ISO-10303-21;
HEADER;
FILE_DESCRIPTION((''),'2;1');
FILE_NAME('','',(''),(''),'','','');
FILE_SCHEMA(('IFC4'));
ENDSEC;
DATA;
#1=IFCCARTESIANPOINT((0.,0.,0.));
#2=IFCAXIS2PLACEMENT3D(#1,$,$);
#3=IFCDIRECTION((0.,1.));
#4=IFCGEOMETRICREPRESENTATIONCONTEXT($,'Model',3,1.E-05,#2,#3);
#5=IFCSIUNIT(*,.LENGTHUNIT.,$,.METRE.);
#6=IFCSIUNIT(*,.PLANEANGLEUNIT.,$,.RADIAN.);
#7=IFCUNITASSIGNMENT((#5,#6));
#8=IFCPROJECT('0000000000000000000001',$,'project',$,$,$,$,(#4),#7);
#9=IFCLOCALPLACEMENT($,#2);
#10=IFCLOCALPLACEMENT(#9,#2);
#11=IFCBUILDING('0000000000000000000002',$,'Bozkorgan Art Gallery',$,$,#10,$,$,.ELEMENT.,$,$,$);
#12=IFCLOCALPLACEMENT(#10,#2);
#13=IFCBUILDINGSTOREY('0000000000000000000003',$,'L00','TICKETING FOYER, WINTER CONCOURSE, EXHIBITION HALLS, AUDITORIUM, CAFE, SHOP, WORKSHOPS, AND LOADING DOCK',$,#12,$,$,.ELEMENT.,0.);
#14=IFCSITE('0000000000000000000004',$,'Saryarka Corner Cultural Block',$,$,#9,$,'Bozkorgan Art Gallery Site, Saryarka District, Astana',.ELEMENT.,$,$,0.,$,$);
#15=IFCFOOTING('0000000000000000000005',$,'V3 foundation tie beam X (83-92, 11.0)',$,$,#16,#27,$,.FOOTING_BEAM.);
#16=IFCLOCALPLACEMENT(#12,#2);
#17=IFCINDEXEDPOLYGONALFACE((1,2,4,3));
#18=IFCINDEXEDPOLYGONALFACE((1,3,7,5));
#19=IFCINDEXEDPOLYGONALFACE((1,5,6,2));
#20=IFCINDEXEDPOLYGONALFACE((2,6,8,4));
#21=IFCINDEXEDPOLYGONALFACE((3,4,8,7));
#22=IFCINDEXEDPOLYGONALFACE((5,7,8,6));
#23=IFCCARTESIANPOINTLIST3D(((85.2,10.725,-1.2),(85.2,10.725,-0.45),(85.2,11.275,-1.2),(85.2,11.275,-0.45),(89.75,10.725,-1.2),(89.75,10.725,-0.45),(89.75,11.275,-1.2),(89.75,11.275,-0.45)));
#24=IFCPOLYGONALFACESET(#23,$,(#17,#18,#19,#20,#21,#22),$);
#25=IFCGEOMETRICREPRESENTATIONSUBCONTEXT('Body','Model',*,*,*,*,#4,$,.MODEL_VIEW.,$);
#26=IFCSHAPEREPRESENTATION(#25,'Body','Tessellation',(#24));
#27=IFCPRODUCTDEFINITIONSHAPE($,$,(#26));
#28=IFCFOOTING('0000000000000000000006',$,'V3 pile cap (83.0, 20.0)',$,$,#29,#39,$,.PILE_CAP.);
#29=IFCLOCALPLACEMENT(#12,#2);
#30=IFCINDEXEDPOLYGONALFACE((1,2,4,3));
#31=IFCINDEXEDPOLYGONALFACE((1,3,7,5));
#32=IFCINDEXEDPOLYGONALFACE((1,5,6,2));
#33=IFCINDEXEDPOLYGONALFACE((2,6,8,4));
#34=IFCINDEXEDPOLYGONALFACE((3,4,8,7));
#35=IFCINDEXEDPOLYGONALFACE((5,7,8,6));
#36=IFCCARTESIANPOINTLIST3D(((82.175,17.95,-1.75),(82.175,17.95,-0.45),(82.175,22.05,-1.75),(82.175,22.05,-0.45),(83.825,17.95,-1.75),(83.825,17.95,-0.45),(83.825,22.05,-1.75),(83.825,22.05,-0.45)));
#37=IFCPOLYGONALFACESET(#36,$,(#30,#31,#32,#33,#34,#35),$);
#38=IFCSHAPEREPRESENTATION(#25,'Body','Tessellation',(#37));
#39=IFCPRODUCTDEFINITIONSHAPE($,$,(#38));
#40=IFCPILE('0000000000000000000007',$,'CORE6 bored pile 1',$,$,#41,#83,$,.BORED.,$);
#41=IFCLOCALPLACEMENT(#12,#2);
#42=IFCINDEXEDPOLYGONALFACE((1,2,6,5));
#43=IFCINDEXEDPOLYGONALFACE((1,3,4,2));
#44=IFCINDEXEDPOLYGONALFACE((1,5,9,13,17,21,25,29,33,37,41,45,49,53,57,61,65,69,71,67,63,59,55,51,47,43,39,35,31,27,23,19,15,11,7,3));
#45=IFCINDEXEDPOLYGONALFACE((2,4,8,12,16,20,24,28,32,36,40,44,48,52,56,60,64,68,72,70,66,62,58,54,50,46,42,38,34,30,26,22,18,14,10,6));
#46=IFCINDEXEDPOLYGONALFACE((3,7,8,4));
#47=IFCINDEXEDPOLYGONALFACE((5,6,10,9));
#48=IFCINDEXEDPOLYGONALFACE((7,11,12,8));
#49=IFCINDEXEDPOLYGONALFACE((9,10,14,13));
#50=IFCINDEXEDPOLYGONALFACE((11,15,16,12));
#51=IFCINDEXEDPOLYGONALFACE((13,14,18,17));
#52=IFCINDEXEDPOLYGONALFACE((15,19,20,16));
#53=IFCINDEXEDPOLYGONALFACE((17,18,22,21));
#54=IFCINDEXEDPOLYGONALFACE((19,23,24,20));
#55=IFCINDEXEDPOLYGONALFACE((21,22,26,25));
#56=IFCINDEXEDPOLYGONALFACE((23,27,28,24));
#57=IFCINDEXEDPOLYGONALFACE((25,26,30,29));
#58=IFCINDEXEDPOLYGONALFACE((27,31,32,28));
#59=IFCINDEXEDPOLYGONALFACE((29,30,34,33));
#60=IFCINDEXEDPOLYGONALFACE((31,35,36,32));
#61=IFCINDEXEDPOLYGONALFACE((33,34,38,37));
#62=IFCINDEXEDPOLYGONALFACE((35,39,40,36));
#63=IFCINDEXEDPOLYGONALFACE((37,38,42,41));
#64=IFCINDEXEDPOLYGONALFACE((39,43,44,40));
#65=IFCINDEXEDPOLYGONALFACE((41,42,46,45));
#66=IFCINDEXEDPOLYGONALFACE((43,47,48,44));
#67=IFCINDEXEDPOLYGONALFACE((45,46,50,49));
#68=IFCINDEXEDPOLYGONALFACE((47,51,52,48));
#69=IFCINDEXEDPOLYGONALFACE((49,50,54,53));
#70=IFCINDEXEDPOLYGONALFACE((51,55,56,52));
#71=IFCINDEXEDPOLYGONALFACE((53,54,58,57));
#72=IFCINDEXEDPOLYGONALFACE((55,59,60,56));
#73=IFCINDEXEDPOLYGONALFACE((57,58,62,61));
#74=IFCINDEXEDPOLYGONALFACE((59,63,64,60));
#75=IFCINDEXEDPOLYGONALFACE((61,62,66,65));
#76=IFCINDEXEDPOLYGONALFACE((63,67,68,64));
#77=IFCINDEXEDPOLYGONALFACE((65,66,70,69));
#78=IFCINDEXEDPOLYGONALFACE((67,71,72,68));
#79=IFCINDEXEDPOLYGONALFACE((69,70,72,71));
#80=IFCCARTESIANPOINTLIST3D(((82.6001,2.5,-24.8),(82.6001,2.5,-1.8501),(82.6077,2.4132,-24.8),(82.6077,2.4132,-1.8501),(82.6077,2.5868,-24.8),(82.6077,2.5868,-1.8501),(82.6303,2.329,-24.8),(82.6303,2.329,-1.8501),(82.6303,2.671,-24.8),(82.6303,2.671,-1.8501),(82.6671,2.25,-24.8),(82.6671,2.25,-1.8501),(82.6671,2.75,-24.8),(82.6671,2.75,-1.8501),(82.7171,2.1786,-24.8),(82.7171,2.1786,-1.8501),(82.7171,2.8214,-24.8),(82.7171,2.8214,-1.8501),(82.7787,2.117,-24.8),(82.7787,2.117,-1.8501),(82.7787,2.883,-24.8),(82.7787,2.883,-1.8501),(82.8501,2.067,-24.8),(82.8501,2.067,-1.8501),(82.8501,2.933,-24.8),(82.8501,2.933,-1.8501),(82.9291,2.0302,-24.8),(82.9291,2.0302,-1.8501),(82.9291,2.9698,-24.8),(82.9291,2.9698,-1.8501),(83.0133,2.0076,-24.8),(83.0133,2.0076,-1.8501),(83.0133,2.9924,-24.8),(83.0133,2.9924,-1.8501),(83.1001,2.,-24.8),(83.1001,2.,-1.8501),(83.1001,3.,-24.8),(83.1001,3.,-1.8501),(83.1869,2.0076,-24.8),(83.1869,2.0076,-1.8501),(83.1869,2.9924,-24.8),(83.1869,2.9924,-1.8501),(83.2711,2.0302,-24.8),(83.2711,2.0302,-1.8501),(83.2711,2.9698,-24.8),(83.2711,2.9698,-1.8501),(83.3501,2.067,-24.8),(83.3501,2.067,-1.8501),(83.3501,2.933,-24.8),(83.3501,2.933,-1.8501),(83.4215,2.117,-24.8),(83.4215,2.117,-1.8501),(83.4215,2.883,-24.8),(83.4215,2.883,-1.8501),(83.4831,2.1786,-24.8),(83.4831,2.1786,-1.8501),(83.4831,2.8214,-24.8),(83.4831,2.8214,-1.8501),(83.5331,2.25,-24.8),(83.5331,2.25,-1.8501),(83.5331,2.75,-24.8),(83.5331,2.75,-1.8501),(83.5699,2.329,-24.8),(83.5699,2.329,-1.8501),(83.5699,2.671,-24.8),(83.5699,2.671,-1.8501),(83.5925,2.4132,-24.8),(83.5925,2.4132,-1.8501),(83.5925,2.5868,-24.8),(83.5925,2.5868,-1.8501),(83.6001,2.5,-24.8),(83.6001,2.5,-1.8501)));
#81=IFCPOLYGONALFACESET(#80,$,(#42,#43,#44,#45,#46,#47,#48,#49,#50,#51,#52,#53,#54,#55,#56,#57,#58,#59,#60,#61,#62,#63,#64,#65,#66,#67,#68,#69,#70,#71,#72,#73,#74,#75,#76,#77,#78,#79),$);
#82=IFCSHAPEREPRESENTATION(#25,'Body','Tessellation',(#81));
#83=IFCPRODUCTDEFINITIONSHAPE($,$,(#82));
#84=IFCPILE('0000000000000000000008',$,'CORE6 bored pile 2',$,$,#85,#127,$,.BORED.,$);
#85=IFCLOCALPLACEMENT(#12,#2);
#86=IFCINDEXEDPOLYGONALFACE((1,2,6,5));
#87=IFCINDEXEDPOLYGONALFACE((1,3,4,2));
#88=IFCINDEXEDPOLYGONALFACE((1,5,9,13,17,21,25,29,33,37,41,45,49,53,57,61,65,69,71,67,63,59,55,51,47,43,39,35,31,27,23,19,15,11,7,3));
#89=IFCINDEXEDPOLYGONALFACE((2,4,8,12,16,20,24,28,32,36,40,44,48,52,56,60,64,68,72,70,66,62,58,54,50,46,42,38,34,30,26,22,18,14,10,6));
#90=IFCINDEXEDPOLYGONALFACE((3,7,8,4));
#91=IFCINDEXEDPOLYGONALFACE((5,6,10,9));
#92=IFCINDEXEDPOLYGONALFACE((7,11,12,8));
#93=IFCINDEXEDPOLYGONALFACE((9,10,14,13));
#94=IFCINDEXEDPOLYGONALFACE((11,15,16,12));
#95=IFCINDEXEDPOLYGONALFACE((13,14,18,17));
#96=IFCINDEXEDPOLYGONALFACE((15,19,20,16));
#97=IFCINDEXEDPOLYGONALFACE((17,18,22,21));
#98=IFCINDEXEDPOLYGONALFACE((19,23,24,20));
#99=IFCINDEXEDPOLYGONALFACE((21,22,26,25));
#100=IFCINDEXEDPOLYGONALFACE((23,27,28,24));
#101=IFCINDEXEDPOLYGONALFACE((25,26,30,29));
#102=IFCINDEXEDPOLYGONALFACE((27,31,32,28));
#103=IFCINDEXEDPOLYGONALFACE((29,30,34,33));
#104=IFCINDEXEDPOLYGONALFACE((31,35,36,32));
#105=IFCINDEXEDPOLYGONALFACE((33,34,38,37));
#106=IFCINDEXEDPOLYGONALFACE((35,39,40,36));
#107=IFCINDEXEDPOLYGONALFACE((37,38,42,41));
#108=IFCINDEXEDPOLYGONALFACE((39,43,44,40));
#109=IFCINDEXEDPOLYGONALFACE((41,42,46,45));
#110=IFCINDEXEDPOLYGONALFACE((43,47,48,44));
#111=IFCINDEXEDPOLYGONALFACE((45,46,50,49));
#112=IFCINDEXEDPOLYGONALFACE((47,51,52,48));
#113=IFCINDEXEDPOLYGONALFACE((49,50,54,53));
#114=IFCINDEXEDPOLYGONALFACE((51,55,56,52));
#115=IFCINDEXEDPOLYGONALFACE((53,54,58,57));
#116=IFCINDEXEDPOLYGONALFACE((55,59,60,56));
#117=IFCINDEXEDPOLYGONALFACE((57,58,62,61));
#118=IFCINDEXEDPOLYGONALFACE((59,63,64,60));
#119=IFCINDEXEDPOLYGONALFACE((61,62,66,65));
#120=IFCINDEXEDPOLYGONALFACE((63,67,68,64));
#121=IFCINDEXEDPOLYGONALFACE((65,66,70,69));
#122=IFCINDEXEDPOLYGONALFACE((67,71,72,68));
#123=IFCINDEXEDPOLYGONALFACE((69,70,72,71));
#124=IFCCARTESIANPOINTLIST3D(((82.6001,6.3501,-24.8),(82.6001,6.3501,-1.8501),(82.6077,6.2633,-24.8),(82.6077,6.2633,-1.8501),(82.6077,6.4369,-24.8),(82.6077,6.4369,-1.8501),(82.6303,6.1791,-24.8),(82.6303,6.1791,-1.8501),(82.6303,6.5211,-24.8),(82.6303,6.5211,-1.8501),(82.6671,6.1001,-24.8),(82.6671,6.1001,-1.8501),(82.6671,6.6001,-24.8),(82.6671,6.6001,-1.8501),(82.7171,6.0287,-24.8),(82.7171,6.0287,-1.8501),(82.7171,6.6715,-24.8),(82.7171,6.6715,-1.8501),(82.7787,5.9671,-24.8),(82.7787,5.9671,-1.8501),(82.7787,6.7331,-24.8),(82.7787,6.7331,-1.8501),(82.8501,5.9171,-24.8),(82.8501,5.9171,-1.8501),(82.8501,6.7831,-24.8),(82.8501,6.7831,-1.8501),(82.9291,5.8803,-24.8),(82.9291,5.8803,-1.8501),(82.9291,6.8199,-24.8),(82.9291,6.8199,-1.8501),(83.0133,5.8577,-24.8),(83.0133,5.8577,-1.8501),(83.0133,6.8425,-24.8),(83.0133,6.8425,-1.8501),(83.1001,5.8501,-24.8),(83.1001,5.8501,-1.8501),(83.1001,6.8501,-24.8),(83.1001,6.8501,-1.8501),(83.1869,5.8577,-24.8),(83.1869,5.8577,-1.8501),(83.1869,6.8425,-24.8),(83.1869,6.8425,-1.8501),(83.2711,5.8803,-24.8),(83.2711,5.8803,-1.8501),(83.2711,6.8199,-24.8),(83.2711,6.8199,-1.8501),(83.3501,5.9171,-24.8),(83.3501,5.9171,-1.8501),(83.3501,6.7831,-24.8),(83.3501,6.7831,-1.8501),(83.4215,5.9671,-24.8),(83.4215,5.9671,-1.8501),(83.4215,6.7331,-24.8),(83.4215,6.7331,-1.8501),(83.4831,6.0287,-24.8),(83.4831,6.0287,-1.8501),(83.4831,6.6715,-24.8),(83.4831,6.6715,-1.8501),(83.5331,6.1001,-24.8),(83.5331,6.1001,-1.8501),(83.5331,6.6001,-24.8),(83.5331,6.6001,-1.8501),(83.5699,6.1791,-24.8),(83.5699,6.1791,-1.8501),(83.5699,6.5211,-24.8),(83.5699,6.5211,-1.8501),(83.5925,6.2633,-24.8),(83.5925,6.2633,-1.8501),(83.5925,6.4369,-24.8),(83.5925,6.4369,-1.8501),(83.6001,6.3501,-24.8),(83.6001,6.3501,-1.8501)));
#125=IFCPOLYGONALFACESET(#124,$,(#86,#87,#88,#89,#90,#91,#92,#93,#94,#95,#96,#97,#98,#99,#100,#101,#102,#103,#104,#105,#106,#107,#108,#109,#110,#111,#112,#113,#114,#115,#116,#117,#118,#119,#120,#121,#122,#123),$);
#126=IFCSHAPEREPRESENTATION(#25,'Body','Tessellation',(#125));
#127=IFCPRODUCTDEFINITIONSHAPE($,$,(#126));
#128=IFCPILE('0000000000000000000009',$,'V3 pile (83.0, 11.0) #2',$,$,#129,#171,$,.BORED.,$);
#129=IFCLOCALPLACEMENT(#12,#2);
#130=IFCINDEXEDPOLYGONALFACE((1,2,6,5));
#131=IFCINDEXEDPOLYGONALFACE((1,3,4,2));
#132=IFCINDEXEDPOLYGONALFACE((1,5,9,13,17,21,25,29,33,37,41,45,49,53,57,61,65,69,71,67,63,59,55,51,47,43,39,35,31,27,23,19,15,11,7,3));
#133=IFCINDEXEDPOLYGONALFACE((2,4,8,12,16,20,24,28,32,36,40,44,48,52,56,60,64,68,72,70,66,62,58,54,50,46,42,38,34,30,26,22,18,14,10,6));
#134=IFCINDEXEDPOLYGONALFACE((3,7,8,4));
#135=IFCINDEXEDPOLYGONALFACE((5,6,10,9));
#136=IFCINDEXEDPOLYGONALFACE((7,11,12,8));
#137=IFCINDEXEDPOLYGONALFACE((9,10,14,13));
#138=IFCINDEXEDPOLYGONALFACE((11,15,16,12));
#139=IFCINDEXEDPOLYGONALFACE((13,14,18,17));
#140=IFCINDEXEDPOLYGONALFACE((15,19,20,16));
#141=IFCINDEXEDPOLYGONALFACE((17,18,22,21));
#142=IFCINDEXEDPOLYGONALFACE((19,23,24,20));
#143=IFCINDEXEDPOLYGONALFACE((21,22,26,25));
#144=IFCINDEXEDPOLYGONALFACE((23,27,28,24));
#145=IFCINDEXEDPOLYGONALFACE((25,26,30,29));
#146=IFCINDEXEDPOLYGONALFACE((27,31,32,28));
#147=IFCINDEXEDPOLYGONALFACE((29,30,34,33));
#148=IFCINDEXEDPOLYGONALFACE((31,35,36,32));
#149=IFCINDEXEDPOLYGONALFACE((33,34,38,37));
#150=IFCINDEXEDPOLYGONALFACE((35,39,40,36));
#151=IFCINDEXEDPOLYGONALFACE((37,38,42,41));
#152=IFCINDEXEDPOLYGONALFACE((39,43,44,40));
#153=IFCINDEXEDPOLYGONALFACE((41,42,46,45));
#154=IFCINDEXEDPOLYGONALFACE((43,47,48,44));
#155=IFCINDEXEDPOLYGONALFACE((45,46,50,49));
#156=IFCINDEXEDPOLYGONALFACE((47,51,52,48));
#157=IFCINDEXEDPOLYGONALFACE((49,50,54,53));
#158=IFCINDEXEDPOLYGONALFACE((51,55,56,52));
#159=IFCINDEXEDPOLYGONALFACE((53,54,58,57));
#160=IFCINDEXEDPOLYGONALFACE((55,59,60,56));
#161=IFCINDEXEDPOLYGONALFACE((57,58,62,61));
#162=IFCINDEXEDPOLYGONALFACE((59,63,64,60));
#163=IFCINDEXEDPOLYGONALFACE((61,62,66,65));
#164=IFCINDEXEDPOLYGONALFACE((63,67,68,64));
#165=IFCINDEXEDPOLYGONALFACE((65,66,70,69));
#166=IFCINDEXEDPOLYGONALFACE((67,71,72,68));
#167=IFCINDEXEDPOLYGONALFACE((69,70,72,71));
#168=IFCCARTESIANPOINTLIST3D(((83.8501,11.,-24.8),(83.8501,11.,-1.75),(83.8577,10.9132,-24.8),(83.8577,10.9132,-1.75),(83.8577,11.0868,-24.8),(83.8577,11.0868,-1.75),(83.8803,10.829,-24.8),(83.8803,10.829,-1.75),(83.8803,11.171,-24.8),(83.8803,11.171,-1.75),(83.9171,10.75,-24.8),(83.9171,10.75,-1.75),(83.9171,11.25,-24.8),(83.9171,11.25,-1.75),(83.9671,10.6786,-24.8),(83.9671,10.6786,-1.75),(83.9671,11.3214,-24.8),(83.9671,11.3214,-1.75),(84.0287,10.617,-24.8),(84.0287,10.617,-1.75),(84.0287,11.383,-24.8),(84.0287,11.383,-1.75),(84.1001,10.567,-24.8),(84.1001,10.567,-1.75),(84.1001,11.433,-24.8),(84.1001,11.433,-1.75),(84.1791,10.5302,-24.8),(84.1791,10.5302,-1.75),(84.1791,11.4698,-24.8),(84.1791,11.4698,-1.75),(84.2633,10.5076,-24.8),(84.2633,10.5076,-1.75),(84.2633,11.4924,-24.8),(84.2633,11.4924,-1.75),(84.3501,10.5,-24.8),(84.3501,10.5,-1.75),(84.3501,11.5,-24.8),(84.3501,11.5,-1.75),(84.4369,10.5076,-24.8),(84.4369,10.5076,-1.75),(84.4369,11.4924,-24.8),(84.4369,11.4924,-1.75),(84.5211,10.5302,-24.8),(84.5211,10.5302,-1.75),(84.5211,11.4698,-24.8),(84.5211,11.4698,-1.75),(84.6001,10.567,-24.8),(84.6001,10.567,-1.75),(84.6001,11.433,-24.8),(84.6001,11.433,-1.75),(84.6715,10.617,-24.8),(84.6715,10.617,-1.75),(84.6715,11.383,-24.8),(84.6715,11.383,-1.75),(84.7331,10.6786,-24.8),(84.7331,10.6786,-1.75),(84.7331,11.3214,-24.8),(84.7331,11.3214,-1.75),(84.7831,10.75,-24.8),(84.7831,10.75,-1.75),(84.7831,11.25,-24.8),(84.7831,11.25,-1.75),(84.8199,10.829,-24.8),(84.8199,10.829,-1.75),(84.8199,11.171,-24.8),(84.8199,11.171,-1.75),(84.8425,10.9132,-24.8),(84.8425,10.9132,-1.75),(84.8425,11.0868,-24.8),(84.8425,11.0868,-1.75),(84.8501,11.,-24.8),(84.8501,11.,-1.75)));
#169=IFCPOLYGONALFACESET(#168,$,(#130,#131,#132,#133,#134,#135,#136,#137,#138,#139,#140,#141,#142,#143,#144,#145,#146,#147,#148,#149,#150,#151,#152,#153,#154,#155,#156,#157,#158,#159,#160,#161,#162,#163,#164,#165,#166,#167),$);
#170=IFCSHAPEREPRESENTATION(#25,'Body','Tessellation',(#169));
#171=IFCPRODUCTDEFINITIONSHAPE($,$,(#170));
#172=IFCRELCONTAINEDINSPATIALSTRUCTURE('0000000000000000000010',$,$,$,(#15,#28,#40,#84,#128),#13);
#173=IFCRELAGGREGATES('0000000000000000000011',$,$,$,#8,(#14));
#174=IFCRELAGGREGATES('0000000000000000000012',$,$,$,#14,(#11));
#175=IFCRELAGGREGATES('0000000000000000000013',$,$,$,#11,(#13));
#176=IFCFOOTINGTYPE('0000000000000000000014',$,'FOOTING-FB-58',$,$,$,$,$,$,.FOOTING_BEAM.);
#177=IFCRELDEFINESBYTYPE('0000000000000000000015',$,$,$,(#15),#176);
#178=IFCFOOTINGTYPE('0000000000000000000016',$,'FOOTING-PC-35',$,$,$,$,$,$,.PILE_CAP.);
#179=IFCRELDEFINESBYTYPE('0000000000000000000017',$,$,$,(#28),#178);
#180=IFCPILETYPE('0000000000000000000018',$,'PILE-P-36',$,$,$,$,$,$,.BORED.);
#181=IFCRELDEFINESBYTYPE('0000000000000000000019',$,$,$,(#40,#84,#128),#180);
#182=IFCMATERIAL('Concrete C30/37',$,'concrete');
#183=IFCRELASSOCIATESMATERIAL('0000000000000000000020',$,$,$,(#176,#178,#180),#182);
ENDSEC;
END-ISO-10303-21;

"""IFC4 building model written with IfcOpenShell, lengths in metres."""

from ifc_helpers import new_model, si_unit, direction, frame, origin, origin_2d, place, context, subcontext, project, spatial, rectangle, circle, extrude, material, material_profile, profile_set, type_object, element, save


model = new_model("IFC4")

# Units and contexts
model_context = context("Model", 3, precision=1e-05, world=origin(), true_north=direction((0.0, 1.0)))
body_context = subcontext(model_context, "Body", "Model", "MODEL_VIEW")
ifc_project = project(units=[si_unit("LENGTHUNIT", "METRE"), si_unit("PLANEANGLEUNIT", "RADIAN")], contexts=[model_context])

# Site, building, storey
site_placement = place(None, origin())
site = spatial("IfcSite", under=ifc_project, at=site_placement, Name="Saryarka Corner Cultural Block", LongName="Bozkorgan Art Gallery Site, Saryarka District, Astana", CompositionType="ELEMENT", RefElevation=0.0)
building_placement = place(site_placement, origin())
building = spatial("IfcBuilding", under=site, at=building_placement, Name="Bozkorgan Art Gallery", CompositionType="ELEMENT")
storey_placement = place(building_placement, origin())
storey = spatial("IfcBuildingStorey", under=building, at=storey_placement, Name="L00", Description="TICKETING FOYER, WINTER CONCOURSE, EXHIBITION HALLS, AUDITORIUM, CAFE, SHOP, WORKSHOPS, AND LOADING DOCK", CompositionType="ELEMENT", Elevation=0.0)

# Footings
ifc_material_1 = material(Name="Concrete C30/37", Category="concrete")
ifc_material_profile_1 = material_profile(ifc_material_1, rectangle(XDim=0.55, YDim=0.75, at=origin_2d()), Name="FND 550x750")
ifc_profile_set_1 = profile_set([ifc_material_profile_1], Name="Concrete C30/37")
footing_type_1 = type_object("IfcFootingType", Name="FOOTING-FB-58", PredefinedType="FOOTING_BEAM", material=ifc_profile_set_1)
footing_1_placement = place(storey_placement, frame((85.2, 11.0, -0.825), z_axis=(1.0, 0.0, 0.0), x_axis=(0.0, 1.0, 0.0)))
element("IfcFooting", 1, at=footing_1_placement, inside=storey, type_object=footing_type_1, Name="V3 foundation tie beam X (83-92, 11.0)", PredefinedType="FOOTING_BEAM", context=body_context, shape_type="SweptSolid", body=[
    extrude(rectangle(XDim=0.55, YDim=0.75, at=origin_2d()), origin(), (0.0, 0.0, 1.0), 4.55),
])
footing_type_2 = type_object("IfcFootingType", Name="FOOTING-PC-35", PredefinedType="PILE_CAP", material=ifc_material_1)
footing_2_placement = place(storey_placement, frame((83.0, 20.0, -1.75), z_axis=(0.0, 0.0, 1.0), x_axis=(1.0, 0.0, 0.0)))
element("IfcFooting", 2, at=footing_2_placement, inside=storey, type_object=footing_type_2, Name="V3 pile cap (83.0, 20.0)", PredefinedType="PILE_CAP", context=body_context, shape_type="SweptSolid", body=[
    extrude(rectangle(XDim=1.6499, YDim=4.1001, at=origin_2d()), origin(), (0.0, 0.0, 1.0), 1.3),
])

# Piles
ifc_material_profile_2 = material_profile(ifc_material_1, circle(Radius=0.5, at=origin_2d()), Name="PILE D1000")
ifc_profile_set_2 = profile_set([ifc_material_profile_2], Name="Concrete C30/37")
pile_type_1 = type_object("IfcPileType", Name="PILE-P-36", PredefinedType="BORED", material=ifc_profile_set_2)
for number, where, z_axis, x_axis, name in (
    (3, (83.1001, 2.5, -1.8501), (0.0, 0.0, -1.0), (1.0, 0.0, 0.0), "CORE6 bored pile 1"),
    (4, (83.1001, 6.3501, -1.8501), (0.0, 0.0, -1.0), (1.0, 0.0, 0.0), "CORE6 bored pile 2"),
):
    element("IfcPile", number, at=place(storey_placement, frame(where, z_axis=z_axis, x_axis=x_axis)), inside=storey, type_object=pile_type_1, Name=name, PredefinedType="BORED", context=body_context, shape_type="SweptSolid", body=[
        extrude(circle(Radius=0.5, at=origin_2d()), origin(), (0.0, 0.0, 1.0), 22.95),
    ])
pile_1_placement = place(storey_placement, frame((84.3501, 11.0, -1.75), z_axis=(0.0, 0.0, -1.0), x_axis=(1.0, 0.0, 0.0)))
element("IfcPile", 5, at=pile_1_placement, inside=storey, type_object=pile_type_1, Name="V3 pile (83.0, 11.0) #2", PredefinedType="BORED", context=body_context, shape_type="SweptSolid", body=[
    extrude(circle(Radius=0.5, at=origin_2d()), origin(), (0.0, 0.0, 1.0), 23.05),
])

save(model, "model.ifc")
